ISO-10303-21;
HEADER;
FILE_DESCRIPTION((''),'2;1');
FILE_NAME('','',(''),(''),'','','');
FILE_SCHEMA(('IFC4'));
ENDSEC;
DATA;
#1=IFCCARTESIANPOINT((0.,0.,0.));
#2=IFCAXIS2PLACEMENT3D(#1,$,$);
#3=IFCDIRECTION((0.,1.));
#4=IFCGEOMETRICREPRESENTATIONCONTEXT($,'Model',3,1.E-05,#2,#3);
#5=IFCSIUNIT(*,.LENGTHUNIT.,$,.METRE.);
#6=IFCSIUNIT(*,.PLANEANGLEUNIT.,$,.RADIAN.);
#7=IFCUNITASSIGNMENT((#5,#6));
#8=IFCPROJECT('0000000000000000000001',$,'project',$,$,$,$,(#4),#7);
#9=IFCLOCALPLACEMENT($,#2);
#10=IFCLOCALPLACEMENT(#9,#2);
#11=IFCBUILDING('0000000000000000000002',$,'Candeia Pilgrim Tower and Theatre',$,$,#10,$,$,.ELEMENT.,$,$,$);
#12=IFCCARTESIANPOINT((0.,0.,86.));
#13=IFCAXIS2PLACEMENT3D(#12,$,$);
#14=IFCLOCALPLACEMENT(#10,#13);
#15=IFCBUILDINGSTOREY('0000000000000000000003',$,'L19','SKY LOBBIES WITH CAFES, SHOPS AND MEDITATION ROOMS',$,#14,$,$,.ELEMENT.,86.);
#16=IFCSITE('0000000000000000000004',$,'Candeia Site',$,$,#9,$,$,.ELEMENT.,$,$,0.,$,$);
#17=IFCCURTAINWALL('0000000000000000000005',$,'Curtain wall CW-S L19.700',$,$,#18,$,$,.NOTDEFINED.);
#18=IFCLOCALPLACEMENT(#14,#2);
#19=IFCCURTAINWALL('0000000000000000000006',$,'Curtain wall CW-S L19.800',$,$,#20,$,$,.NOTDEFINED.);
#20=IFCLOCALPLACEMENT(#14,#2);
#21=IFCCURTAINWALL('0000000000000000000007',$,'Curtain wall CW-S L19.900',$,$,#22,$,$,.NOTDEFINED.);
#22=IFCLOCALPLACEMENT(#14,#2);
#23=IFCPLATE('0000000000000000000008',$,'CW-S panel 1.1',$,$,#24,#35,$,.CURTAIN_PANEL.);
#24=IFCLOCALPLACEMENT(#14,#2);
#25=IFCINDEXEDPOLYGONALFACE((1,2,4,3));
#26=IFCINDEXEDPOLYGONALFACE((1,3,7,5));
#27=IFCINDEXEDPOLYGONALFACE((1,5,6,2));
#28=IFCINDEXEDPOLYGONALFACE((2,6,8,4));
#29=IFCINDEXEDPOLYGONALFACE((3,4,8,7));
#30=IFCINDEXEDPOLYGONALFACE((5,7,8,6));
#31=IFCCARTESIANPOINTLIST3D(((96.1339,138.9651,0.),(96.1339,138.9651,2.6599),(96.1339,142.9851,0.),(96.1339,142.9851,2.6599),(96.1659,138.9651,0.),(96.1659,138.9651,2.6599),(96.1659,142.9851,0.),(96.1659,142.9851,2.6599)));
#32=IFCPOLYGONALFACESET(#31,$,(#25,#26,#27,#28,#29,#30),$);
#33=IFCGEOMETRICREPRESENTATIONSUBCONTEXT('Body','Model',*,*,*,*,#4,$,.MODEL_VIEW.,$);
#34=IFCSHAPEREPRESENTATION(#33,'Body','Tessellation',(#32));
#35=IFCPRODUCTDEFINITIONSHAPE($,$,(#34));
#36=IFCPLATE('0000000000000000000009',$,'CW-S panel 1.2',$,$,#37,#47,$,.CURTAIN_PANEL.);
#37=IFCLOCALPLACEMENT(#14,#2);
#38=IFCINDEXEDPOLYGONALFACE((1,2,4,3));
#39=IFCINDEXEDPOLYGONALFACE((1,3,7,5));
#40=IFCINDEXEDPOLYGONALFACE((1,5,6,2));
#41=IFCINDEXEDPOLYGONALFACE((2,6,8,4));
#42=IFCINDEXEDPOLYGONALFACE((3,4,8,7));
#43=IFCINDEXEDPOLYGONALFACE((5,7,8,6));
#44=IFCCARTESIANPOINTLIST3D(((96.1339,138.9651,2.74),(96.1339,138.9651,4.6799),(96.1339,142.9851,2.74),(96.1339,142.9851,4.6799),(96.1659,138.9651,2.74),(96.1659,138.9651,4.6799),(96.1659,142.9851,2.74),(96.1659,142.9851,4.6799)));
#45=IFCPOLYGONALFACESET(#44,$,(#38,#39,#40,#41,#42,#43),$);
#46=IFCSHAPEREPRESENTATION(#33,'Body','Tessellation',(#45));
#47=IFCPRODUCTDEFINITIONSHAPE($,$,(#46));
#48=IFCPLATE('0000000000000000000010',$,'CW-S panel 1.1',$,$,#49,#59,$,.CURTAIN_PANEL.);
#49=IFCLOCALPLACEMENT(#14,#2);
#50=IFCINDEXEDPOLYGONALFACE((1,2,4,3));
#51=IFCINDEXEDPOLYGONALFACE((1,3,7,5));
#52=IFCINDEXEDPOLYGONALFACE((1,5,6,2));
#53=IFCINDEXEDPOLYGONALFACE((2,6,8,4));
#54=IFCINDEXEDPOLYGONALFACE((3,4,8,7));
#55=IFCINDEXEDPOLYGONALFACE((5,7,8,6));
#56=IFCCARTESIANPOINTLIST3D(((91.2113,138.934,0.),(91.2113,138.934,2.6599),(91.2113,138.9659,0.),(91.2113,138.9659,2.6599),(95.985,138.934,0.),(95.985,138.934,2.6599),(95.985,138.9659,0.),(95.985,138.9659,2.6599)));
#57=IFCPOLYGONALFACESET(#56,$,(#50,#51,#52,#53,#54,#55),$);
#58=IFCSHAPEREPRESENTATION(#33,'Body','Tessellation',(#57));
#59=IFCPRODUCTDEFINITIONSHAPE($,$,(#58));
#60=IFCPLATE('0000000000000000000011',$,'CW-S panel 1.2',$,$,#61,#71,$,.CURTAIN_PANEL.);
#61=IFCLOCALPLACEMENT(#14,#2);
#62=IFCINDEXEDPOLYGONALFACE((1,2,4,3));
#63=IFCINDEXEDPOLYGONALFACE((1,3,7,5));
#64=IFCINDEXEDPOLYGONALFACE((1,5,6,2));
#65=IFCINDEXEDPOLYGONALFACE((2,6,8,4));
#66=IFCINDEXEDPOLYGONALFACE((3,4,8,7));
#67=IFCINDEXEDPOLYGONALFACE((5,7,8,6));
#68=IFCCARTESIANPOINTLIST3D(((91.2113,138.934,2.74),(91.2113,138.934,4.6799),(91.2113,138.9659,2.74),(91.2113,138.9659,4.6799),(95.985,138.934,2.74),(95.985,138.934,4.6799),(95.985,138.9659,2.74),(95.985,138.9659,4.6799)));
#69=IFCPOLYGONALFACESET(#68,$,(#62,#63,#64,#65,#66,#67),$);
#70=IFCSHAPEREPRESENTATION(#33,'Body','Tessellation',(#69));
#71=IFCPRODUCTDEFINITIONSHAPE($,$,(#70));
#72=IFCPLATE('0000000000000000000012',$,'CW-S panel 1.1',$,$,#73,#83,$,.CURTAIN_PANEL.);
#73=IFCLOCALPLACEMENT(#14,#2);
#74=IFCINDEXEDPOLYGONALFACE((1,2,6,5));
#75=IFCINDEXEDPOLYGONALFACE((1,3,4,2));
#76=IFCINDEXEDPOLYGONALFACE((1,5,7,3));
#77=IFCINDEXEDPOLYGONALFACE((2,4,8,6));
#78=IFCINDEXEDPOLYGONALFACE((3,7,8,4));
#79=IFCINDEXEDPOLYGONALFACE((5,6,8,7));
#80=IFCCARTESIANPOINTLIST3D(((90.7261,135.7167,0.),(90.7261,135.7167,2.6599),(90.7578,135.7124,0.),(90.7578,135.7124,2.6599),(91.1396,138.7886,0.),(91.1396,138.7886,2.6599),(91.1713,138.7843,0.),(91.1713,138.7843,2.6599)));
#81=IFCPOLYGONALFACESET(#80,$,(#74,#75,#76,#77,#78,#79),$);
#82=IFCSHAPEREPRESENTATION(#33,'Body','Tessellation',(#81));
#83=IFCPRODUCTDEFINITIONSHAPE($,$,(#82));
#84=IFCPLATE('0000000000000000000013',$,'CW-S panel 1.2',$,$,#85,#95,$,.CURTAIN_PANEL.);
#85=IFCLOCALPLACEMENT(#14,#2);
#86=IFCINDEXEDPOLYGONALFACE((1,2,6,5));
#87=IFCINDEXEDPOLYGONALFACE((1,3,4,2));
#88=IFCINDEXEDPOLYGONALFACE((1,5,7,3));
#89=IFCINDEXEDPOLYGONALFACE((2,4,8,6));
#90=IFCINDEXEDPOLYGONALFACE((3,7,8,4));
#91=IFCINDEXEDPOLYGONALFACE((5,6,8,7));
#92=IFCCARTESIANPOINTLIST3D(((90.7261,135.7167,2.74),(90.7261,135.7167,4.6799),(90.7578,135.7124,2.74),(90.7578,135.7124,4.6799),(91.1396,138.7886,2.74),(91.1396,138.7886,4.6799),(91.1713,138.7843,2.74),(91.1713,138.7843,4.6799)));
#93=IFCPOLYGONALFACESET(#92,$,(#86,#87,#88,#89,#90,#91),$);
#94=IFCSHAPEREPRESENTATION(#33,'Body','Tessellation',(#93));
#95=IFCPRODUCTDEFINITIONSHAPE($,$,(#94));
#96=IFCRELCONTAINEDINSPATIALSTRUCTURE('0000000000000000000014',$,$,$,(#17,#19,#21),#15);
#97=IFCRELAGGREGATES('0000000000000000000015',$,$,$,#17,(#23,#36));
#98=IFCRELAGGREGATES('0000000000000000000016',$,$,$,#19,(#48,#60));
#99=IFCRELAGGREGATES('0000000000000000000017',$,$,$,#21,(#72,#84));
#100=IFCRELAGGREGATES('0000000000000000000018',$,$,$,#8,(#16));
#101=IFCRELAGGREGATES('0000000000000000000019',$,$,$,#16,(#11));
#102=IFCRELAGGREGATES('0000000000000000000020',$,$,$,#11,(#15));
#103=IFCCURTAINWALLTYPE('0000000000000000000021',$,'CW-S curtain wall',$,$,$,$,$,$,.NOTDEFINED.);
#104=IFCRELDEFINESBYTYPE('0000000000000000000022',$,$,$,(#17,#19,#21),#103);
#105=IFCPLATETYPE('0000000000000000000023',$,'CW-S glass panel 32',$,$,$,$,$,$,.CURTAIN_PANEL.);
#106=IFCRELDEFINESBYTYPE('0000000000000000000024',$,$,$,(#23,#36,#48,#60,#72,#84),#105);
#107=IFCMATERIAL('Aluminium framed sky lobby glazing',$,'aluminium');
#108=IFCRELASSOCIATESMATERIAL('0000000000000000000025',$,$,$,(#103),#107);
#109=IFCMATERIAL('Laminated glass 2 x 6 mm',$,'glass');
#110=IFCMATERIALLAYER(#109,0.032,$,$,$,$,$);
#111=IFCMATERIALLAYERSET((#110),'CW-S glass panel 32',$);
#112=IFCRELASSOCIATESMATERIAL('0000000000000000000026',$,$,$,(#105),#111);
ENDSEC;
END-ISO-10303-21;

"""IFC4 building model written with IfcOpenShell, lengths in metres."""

from ifc_helpers import new_model, si_unit, direction, frame, origin, origin_2d, place, context, subcontext, project, spatial, rectangle, extrude, material, layer, layer_set, type_object, element, aggregate, save


model = new_model("IFC4")

# Units and contexts
model_context = context("Model", 3, precision=1e-05, world=origin(), true_north=direction((0.0, 1.0)))
body_context = subcontext(model_context, "Body", "Model", "MODEL_VIEW")
ifc_project = project(units=[si_unit("LENGTHUNIT", "METRE"), si_unit("PLANEANGLEUNIT", "RADIAN")], contexts=[model_context])

# Site, building, storey
site_placement = place(None, origin())
site = spatial("IfcSite", under=ifc_project, at=site_placement, Name="Candeia Site", CompositionType="ELEMENT", RefElevation=0.0)
building_placement = place(site_placement, origin())
building = spatial("IfcBuilding", under=site, at=building_placement, Name="Candeia Pilgrim Tower and Theatre", CompositionType="ELEMENT")
storey_placement = place(building_placement, frame((0.0, 0.0, 86.0)))
storey = spatial("IfcBuildingStorey", under=building, at=storey_placement, Name="L19", Description="SKY LOBBIES WITH CAFES, SHOPS AND MEDITATION ROOMS", CompositionType="ELEMENT", Elevation=86.0)

# Shared definitions
ifc_material_1 = material(Name="Aluminium framed sky lobby glazing", Category="aluminium")
curtain_wall_type = type_object("IfcCurtainWallType", Name="CW-S curtain wall", PredefinedType="NOTDEFINED", material=ifc_material_1)

# Curtain walls
curtain_wall_1_placement = place(storey_placement, origin())
curtain_wall_1 = element("IfcCurtainWall", 1, at=curtain_wall_1_placement, inside=storey, type_object=curtain_wall_type, Name="Curtain wall CW-S L19.700", PredefinedType="NOTDEFINED")
curtain_wall_2_placement = place(storey_placement, origin())
curtain_wall_2 = element("IfcCurtainWall", 2, at=curtain_wall_2_placement, inside=storey, type_object=curtain_wall_type, Name="Curtain wall CW-S L19.800", PredefinedType="NOTDEFINED")

# Curtain wall
curtain_wall_3_placement = place(storey_placement, origin())
curtain_wall_3 = element("IfcCurtainWall", 3, at=curtain_wall_3_placement, inside=storey, type_object=curtain_wall_type, Name="Curtain wall CW-S L19.900", PredefinedType="NOTDEFINED")

# Plates
ifc_material_2 = material(Name="Laminated glass 2 x 6 mm", Category="glass")
ifc_layer_1 = layer(ifc_material_2, 0.032)
ifc_layer_set_1 = layer_set([ifc_layer_1], Name="CW-S glass panel 32")
plate_type = type_object("IfcPlateType", Name="CW-S glass panel 32", PredefinedType="CURTAIN_PANEL", material=ifc_layer_set_1)
plate_1_placement = place(storey_placement, frame((96.1499, 140.9751, 0.0), z_axis=(0.0, 0.0, 1.0), x_axis=(0.0, -1.0, 0.0)))
plate_1 = element("IfcPlate", 4, at=plate_1_placement, type_object=plate_type, Name="CW-S panel 1.1", PredefinedType="CURTAIN_PANEL", context=body_context, shape_type="SweptSolid", body=[
    extrude(rectangle(XDim=4.02, YDim=0.032, at=origin_2d()), origin(), (0.0, 0.0, 1.0), 2.6599),
])
plate_2_placement = place(storey_placement, frame((96.1499, 140.9751, 2.74), z_axis=(0.0, 0.0, 1.0), x_axis=(0.0, -1.0, 0.0)))
plate_2 = element("IfcPlate", 5, at=plate_2_placement, type_object=plate_type, Name="CW-S panel 1.2", PredefinedType="CURTAIN_PANEL", context=body_context, shape_type="SweptSolid", body=[
    extrude(rectangle(XDim=4.02, YDim=0.032, at=origin_2d()), origin(), (0.0, 0.0, 1.0), 1.9399),
])
aggregate(curtain_wall_1, [plate_1, plate_2])
plate_3_placement = place(storey_placement, frame((93.5981, 138.95, 0.0), z_axis=(0.0, 0.0, 1.0), x_axis=(-1.0, 0.0, 0.0)))
plate_3 = element("IfcPlate", 6, at=plate_3_placement, type_object=plate_type, Name="CW-S panel 1.1", PredefinedType="CURTAIN_PANEL", context=body_context, shape_type="SweptSolid", body=[
    extrude(rectangle(XDim=4.7737, YDim=0.032, at=origin_2d()), origin(), (0.0, 0.0, 1.0), 2.6599),
])
plate_4_placement = place(storey_placement, frame((93.5981, 138.95, 2.74), z_axis=(0.0, 0.0, 1.0), x_axis=(-1.0, 0.0, 0.0)))
plate_4 = element("IfcPlate", 7, at=plate_4_placement, type_object=plate_type, Name="CW-S panel 1.2", PredefinedType="CURTAIN_PANEL", context=body_context, shape_type="SweptSolid", body=[
    extrude(rectangle(XDim=4.7737, YDim=0.032, at=origin_2d()), origin(), (0.0, 0.0, 1.0), 1.9399),
])
aggregate(curtain_wall_2, [plate_3, plate_4])
plate_5_placement = place(storey_placement, frame((90.9487, 137.2505, 0.0), z_axis=(0.0, 0.0, 1.0), x_axis=(-0.133412, -0.991061, 0.0)))
plate_5 = element("IfcPlate", 8, at=plate_5_placement, type_object=plate_type, Name="CW-S panel 1.1", PredefinedType="CURTAIN_PANEL", context=body_context, shape_type="SweptSolid", body=[
    extrude(rectangle(XDim=3.0996, YDim=0.032, at=origin_2d()), origin(), (0.0, 0.0, 1.0), 2.6599),
])
plate_6_placement = place(storey_placement, frame((90.9487, 137.2505, 2.74), z_axis=(0.0, 0.0, 1.0), x_axis=(-0.133412, -0.991061, 0.0)))
plate_6 = element("IfcPlate", 9, at=plate_6_placement, type_object=plate_type, Name="CW-S panel 1.2", PredefinedType="CURTAIN_PANEL", context=body_context, shape_type="SweptSolid", body=[
    extrude(rectangle(XDim=3.0996, YDim=0.032, at=origin_2d()), origin(), (0.0, 0.0, 1.0), 1.9399),
])
aggregate(curtain_wall_3, [plate_5, plate_6])

save(model, "model.ifc")
